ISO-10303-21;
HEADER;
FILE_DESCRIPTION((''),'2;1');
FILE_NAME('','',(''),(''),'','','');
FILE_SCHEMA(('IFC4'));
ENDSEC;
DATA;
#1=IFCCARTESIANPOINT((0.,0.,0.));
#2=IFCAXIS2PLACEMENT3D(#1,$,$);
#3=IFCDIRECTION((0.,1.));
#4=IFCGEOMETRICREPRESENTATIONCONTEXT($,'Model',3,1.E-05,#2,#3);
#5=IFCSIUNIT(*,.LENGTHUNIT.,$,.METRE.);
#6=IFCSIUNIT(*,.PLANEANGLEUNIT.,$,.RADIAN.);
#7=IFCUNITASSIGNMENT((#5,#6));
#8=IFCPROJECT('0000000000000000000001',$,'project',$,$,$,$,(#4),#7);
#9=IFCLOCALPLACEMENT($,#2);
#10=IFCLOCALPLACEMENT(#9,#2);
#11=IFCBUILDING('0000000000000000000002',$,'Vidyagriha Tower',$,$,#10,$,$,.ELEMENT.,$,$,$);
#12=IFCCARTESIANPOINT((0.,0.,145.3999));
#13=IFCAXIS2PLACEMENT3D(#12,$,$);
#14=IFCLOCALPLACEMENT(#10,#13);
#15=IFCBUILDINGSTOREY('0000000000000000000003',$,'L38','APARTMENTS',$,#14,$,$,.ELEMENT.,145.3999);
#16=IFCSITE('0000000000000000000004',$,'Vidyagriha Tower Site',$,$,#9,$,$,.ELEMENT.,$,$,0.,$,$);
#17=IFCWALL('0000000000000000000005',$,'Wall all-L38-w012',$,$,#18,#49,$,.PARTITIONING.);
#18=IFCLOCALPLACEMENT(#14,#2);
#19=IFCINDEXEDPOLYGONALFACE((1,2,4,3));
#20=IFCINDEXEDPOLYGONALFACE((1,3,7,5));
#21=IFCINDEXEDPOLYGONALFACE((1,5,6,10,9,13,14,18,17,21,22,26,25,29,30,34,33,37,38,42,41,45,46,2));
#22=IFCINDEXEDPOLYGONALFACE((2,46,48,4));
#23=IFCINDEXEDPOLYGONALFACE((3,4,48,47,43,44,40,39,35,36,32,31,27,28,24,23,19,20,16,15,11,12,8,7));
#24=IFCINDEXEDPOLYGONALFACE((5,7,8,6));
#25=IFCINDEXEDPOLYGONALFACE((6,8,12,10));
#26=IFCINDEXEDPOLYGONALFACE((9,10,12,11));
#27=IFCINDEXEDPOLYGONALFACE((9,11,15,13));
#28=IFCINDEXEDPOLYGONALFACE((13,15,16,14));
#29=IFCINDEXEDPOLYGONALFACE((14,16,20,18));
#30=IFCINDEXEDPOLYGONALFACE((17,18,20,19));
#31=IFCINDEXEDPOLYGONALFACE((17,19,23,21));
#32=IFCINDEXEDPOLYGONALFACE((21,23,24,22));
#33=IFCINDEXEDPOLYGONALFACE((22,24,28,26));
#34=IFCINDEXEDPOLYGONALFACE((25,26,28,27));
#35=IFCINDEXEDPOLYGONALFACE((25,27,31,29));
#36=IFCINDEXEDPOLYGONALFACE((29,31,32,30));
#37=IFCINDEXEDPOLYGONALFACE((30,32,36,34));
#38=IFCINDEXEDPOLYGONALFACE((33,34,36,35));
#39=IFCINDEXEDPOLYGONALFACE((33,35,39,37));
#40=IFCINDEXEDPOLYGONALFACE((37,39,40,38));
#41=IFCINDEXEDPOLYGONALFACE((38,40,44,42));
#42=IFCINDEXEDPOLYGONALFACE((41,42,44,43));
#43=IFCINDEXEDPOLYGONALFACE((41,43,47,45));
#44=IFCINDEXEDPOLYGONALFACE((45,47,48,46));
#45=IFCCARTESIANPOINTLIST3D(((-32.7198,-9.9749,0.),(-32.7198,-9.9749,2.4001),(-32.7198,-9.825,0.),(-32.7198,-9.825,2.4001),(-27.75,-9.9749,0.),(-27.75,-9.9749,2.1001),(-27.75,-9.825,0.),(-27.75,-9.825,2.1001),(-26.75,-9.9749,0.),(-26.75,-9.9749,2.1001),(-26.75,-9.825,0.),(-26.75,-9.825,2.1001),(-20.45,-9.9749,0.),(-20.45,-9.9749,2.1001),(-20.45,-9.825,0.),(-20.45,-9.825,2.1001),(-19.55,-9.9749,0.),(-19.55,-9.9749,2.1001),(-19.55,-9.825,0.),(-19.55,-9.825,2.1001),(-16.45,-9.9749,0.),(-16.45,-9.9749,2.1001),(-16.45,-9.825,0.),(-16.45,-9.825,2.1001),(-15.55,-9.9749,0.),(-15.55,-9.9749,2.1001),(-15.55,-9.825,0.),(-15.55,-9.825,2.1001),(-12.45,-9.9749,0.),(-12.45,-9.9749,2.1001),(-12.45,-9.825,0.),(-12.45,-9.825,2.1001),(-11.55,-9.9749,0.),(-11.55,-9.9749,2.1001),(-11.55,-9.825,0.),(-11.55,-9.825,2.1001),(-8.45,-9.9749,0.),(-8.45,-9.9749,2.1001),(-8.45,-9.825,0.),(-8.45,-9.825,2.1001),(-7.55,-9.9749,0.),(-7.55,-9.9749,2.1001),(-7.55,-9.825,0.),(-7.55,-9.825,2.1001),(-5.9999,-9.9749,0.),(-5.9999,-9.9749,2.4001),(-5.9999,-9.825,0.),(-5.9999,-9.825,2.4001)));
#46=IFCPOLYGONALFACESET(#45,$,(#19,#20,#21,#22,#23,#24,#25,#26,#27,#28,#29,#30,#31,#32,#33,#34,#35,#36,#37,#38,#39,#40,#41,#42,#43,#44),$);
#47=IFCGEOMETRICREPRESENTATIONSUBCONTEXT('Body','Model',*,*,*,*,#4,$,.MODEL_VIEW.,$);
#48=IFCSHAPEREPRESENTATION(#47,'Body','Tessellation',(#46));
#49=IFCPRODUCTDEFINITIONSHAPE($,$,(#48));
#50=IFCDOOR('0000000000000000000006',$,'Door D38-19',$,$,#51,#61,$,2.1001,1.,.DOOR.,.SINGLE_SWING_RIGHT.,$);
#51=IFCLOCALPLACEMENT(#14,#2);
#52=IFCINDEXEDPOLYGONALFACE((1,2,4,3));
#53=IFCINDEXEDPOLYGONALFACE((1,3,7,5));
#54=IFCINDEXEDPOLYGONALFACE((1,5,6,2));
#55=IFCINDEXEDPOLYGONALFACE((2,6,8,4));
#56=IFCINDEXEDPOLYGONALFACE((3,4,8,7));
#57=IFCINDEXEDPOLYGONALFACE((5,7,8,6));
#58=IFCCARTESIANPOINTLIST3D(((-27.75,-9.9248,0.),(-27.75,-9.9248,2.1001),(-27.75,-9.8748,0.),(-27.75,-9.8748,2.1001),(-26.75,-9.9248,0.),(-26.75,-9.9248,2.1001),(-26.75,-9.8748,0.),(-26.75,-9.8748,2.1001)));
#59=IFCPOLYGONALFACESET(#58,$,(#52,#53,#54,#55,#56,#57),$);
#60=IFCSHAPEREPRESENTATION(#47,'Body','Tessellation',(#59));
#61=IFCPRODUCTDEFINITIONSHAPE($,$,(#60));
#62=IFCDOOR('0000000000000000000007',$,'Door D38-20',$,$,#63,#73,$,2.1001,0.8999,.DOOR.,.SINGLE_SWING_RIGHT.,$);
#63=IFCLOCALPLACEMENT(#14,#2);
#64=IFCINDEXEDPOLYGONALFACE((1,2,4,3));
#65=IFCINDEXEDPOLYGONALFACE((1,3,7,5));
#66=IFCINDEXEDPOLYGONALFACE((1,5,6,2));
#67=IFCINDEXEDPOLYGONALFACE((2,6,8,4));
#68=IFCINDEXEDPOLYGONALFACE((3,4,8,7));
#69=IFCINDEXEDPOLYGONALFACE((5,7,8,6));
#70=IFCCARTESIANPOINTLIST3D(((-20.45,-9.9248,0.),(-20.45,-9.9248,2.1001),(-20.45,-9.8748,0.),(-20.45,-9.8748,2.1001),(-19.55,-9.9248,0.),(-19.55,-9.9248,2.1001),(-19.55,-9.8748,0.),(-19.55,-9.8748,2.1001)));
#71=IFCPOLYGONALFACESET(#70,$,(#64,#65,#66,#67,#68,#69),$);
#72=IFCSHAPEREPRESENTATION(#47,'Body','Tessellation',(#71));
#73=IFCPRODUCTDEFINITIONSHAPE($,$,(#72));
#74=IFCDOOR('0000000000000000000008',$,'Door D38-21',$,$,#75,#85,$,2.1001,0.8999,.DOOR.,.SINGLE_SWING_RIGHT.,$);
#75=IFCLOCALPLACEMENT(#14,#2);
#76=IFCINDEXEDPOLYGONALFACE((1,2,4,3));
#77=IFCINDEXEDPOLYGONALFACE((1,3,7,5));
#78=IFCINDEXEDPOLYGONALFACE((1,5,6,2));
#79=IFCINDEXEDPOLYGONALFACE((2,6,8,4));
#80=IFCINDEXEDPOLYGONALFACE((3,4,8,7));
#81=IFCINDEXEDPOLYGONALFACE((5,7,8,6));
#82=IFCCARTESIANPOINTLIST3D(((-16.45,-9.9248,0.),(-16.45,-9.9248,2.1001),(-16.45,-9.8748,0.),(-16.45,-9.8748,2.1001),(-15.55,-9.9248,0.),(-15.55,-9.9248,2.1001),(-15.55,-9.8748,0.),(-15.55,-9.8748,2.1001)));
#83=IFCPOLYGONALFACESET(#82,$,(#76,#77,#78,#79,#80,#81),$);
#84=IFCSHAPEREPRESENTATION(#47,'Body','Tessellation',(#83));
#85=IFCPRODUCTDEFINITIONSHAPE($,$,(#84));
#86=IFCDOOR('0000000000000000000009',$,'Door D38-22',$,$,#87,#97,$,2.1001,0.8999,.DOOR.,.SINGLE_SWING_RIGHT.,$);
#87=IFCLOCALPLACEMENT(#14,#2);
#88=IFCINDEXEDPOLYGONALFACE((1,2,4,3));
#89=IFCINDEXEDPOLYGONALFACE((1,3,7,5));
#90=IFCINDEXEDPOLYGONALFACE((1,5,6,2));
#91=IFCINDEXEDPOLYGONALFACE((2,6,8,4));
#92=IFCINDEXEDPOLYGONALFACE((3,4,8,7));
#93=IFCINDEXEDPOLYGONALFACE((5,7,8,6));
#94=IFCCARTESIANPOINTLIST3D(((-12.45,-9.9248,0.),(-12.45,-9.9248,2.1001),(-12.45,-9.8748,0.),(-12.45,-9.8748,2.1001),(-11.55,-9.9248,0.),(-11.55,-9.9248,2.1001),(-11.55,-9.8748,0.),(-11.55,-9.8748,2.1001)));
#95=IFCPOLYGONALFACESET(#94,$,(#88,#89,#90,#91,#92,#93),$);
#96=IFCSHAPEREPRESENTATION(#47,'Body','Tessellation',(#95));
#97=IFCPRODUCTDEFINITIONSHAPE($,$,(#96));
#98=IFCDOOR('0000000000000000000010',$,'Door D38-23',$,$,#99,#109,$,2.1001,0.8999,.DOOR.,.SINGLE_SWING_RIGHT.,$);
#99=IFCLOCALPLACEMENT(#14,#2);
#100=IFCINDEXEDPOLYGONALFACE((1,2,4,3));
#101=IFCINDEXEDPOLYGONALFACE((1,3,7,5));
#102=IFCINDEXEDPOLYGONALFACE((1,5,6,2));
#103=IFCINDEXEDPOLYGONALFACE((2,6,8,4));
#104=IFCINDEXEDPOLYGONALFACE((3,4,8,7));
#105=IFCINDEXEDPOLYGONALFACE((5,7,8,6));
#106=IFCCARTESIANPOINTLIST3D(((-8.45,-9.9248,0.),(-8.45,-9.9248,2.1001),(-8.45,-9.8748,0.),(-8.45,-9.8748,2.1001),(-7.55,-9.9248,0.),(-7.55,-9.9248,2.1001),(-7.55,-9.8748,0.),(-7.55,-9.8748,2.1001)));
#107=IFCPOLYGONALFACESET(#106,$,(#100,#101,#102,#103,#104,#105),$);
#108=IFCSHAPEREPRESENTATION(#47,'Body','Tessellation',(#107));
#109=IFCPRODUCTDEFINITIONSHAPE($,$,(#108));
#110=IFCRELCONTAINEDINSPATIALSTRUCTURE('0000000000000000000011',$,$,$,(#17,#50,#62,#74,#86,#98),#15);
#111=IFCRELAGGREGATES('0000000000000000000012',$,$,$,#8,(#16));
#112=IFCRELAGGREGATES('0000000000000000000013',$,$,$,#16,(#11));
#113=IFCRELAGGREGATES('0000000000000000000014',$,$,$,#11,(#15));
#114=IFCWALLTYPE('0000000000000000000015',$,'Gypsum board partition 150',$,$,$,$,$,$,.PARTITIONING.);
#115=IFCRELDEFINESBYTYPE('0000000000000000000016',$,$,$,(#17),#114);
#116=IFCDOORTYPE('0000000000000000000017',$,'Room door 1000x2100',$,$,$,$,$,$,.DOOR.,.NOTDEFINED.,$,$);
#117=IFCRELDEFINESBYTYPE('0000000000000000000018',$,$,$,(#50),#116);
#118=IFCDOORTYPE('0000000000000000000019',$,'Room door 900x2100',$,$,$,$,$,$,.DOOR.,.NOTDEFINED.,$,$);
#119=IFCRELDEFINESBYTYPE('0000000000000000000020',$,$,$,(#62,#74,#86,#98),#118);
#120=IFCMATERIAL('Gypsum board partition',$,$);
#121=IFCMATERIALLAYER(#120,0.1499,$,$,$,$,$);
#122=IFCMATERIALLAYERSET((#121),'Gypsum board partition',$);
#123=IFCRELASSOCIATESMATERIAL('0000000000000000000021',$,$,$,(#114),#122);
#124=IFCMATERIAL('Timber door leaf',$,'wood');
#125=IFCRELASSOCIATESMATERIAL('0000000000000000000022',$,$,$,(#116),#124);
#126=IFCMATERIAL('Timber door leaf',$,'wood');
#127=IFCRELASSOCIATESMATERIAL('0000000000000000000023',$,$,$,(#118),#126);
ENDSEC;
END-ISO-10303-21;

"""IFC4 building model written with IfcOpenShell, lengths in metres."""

from ifc_helpers import new_model, si_unit, direction, frame, frame_2d, origin, place, context, subcontext, project, spatial, rectangle, extrude, material, layer, layer_set, type_object, element, fill, save


model = new_model("IFC4")

# Units and contexts
model_context = context("Model", 3, precision=1e-05, world=origin(), true_north=direction((0.0, 1.0)))
body_context = subcontext(model_context, "Body", "Model", "MODEL_VIEW")
ifc_project = project(units=[si_unit("LENGTHUNIT", "METRE"), si_unit("PLANEANGLEUNIT", "RADIAN")], contexts=[model_context])

# Site, building, storey
site_placement = place(None, origin())
site = spatial("IfcSite", under=ifc_project, at=site_placement, Name="Vidyagriha Tower Site", CompositionType="ELEMENT", RefElevation=0.0)
building_placement = place(site_placement, origin())
building = spatial("IfcBuilding", under=site, at=building_placement, Name="Vidyagriha Tower", CompositionType="ELEMENT")
storey_placement = place(building_placement, frame((0.0, 0.0, 145.3999)))
storey = spatial("IfcBuildingStorey", under=building, at=storey_placement, Name="L38", Description="APARTMENTS", CompositionType="ELEMENT", Elevation=145.3999)

# Shared definitions
ifc_material_1 = material(Name="Gypsum board partition")
ifc_layer_1 = layer(ifc_material_1, 0.1499)
ifc_layer_set_1 = layer_set([ifc_layer_1], Name="Gypsum board partition")
wall_type_1 = type_object("IfcWallType", Name="Gypsum board partition 150", PredefinedType="PARTITIONING", material=ifc_layer_set_1)

# Wall, openings, doors
wall_1_placement = place(storey_placement, frame((-6.0, -9.8999, 0.0), z_axis=(0.0, 0.0, 1.0), x_axis=(-1.0, 0.0, 0.0)))
wall_1 = element("IfcWall", 1, at=wall_1_placement, inside=storey, type_object=wall_type_1, Name="Wall all-L38-w012", PredefinedType="PARTITIONING", context=body_context, shape_type="SweptSolid", body=[
    extrude(rectangle(XDim=26.72, YDim=0.1499, at=frame_2d((13.3599, 0.0))), origin(), (0.0, 0.0, 1.0), 2.4001),
])
opening_1_placement = place(wall_1_placement, frame((20.75, 0.0, 0.0)))
opening_1 = element("IfcOpeningElement", 2, at=opening_1_placement, cuts=wall_1, PredefinedType="OPENING", context=body_context, shape_type="SweptSolid", body=[
    extrude(rectangle(XDim=1.0, YDim=2.1001, at=frame_2d((0.5, 1.05))), frame((0.0, 0.085, 0.0), z_axis=(0.0, -1.0, 0.0), x_axis=(1.0, 0.0, 0.0)), (0.0, 0.0, 1.0), 0.1699),
])
opening_2_placement = place(wall_1_placement, frame((13.55, 0.0, 0.0)))
opening_2 = element("IfcOpeningElement", 3, at=opening_2_placement, cuts=wall_1, PredefinedType="OPENING", context=body_context, shape_type="SweptSolid", body=[
    extrude(rectangle(XDim=0.8999, YDim=2.1001, at=frame_2d((0.45, 1.05))), frame((0.0, 0.085, 0.0), z_axis=(0.0, -1.0, 0.0), x_axis=(1.0, 0.0, 0.0)), (0.0, 0.0, 1.0), 0.1699),
])
opening_3_placement = place(wall_1_placement, frame((9.55, 0.0, 0.0)))
opening_3 = element("IfcOpeningElement", 4, at=opening_3_placement, cuts=wall_1, PredefinedType="OPENING", context=body_context, shape_type="SweptSolid", body=[
    extrude(rectangle(XDim=0.8999, YDim=2.1001, at=frame_2d((0.45, 1.05))), frame((0.0, 0.085, 0.0), z_axis=(0.0, -1.0, 0.0), x_axis=(1.0, 0.0, 0.0)), (0.0, 0.0, 1.0), 0.1699),
])
opening_4_placement = place(wall_1_placement, frame((5.55, 0.0, 0.0)))
opening_4 = element("IfcOpeningElement", 5, at=opening_4_placement, cuts=wall_1, PredefinedType="OPENING", context=body_context, shape_type="SweptSolid", body=[
    extrude(rectangle(XDim=0.8999, YDim=2.1001, at=frame_2d((0.45, 1.05))), frame((0.0, 0.085, 0.0), z_axis=(0.0, -1.0, 0.0), x_axis=(1.0, 0.0, 0.0)), (0.0, 0.0, 1.0), 0.1699),
])
opening_5_placement = place(wall_1_placement, frame((1.55, 0.0, 0.0)))
opening_5 = element("IfcOpeningElement", 6, at=opening_5_placement, cuts=wall_1, PredefinedType="OPENING", context=body_context, shape_type="SweptSolid", body=[
    extrude(rectangle(XDim=0.8999, YDim=2.1001, at=frame_2d((0.45, 1.05))), frame((0.0, 0.085, 0.0), z_axis=(0.0, -1.0, 0.0), x_axis=(1.0, 0.0, 0.0)), (0.0, 0.0, 1.0), 0.1699),
])
ifc_material_2 = material(Name="Timber door leaf", Category="wood")
door_type_1 = type_object("IfcDoorType", Name="Room door 1000x2100", OperationType="NOTDEFINED", PredefinedType="DOOR", material=ifc_material_2)
door_1_placement = place(opening_1_placement, origin())
door_1 = element("IfcDoor", 7, at=door_1_placement, inside=storey, type_object=door_type_1, Name="Door D38-19", OperationType="SINGLE_SWING_RIGHT", OverallHeight=2.1001, OverallWidth=1.0, PredefinedType="DOOR", context=body_context, shape_type="SweptSolid", body=[
    extrude(rectangle(XDim=1.0, YDim=2.1001, at=frame_2d((0.5, 1.05))), frame((0.0, 0.0249, 0.0), z_axis=(0.0, -1.0, 0.0), x_axis=(1.0, 0.0, 0.0)), (0.0, 0.0, 1.0), 0.05),
])
fill(opening_1, door_1)
ifc_material_3 = material(Name="Timber door leaf", Category="wood")
door_type_2 = type_object("IfcDoorType", Name="Room door 900x2100", OperationType="NOTDEFINED", PredefinedType="DOOR", material=ifc_material_3)
door_2_placement = place(opening_2_placement, origin())
door_2 = element("IfcDoor", 8, at=door_2_placement, inside=storey, type_object=door_type_2, Name="Door D38-20", OperationType="SINGLE_SWING_RIGHT", OverallHeight=2.1001, OverallWidth=0.8999, PredefinedType="DOOR", context=body_context, shape_type="SweptSolid", body=[
    extrude(rectangle(XDim=0.8999, YDim=2.1001, at=frame_2d((0.45, 1.05))), frame((0.0, 0.0249, 0.0), z_axis=(0.0, -1.0, 0.0), x_axis=(1.0, 0.0, 0.0)), (0.0, 0.0, 1.0), 0.05),
])
fill(opening_2, door_2)
door_3_placement = place(opening_3_placement, origin())
door_3 = element("IfcDoor", 9, at=door_3_placement, inside=storey, type_object=door_type_2, Name="Door D38-21", OperationType="SINGLE_SWING_RIGHT", OverallHeight=2.1001, OverallWidth=0.8999, PredefinedType="DOOR", context=body_context, shape_type="SweptSolid", body=[
    extrude(rectangle(XDim=0.8999, YDim=2.1001, at=frame_2d((0.45, 1.05))), frame((0.0, 0.0249, 0.0), z_axis=(0.0, -1.0, 0.0), x_axis=(1.0, 0.0, 0.0)), (0.0, 0.0, 1.0), 0.05),
])
fill(opening_3, door_3)
door_4_placement = place(opening_4_placement, origin())
door_4 = element("IfcDoor", 10, at=door_4_placement, inside=storey, type_object=door_type_2, Name="Door D38-22", OperationType="SINGLE_SWING_RIGHT", OverallHeight=2.1001, OverallWidth=0.8999, PredefinedType="DOOR", context=body_context, shape_type="SweptSolid", body=[
    extrude(rectangle(XDim=0.8999, YDim=2.1001, at=frame_2d((0.45, 1.05))), frame((0.0, 0.0249, 0.0), z_axis=(0.0, -1.0, 0.0), x_axis=(1.0, 0.0, 0.0)), (0.0, 0.0, 1.0), 0.05),
])
fill(opening_4, door_4)
door_5_placement = place(opening_5_placement, origin())
door_5 = element("IfcDoor", 11, at=door_5_placement, inside=storey, type_object=door_type_2, Name="Door D38-23", OperationType="SINGLE_SWING_RIGHT", OverallHeight=2.1001, OverallWidth=0.8999, PredefinedType="DOOR", context=body_context, shape_type="SweptSolid", body=[
    extrude(rectangle(XDim=0.8999, YDim=2.1001, at=frame_2d((0.45, 1.05))), frame((0.0, 0.0249, 0.0), z_axis=(0.0, -1.0, 0.0), x_axis=(1.0, 0.0, 0.0)), (0.0, 0.0, 1.0), 0.05),
])
fill(opening_5, door_5)

save(model, "model.ifc")
